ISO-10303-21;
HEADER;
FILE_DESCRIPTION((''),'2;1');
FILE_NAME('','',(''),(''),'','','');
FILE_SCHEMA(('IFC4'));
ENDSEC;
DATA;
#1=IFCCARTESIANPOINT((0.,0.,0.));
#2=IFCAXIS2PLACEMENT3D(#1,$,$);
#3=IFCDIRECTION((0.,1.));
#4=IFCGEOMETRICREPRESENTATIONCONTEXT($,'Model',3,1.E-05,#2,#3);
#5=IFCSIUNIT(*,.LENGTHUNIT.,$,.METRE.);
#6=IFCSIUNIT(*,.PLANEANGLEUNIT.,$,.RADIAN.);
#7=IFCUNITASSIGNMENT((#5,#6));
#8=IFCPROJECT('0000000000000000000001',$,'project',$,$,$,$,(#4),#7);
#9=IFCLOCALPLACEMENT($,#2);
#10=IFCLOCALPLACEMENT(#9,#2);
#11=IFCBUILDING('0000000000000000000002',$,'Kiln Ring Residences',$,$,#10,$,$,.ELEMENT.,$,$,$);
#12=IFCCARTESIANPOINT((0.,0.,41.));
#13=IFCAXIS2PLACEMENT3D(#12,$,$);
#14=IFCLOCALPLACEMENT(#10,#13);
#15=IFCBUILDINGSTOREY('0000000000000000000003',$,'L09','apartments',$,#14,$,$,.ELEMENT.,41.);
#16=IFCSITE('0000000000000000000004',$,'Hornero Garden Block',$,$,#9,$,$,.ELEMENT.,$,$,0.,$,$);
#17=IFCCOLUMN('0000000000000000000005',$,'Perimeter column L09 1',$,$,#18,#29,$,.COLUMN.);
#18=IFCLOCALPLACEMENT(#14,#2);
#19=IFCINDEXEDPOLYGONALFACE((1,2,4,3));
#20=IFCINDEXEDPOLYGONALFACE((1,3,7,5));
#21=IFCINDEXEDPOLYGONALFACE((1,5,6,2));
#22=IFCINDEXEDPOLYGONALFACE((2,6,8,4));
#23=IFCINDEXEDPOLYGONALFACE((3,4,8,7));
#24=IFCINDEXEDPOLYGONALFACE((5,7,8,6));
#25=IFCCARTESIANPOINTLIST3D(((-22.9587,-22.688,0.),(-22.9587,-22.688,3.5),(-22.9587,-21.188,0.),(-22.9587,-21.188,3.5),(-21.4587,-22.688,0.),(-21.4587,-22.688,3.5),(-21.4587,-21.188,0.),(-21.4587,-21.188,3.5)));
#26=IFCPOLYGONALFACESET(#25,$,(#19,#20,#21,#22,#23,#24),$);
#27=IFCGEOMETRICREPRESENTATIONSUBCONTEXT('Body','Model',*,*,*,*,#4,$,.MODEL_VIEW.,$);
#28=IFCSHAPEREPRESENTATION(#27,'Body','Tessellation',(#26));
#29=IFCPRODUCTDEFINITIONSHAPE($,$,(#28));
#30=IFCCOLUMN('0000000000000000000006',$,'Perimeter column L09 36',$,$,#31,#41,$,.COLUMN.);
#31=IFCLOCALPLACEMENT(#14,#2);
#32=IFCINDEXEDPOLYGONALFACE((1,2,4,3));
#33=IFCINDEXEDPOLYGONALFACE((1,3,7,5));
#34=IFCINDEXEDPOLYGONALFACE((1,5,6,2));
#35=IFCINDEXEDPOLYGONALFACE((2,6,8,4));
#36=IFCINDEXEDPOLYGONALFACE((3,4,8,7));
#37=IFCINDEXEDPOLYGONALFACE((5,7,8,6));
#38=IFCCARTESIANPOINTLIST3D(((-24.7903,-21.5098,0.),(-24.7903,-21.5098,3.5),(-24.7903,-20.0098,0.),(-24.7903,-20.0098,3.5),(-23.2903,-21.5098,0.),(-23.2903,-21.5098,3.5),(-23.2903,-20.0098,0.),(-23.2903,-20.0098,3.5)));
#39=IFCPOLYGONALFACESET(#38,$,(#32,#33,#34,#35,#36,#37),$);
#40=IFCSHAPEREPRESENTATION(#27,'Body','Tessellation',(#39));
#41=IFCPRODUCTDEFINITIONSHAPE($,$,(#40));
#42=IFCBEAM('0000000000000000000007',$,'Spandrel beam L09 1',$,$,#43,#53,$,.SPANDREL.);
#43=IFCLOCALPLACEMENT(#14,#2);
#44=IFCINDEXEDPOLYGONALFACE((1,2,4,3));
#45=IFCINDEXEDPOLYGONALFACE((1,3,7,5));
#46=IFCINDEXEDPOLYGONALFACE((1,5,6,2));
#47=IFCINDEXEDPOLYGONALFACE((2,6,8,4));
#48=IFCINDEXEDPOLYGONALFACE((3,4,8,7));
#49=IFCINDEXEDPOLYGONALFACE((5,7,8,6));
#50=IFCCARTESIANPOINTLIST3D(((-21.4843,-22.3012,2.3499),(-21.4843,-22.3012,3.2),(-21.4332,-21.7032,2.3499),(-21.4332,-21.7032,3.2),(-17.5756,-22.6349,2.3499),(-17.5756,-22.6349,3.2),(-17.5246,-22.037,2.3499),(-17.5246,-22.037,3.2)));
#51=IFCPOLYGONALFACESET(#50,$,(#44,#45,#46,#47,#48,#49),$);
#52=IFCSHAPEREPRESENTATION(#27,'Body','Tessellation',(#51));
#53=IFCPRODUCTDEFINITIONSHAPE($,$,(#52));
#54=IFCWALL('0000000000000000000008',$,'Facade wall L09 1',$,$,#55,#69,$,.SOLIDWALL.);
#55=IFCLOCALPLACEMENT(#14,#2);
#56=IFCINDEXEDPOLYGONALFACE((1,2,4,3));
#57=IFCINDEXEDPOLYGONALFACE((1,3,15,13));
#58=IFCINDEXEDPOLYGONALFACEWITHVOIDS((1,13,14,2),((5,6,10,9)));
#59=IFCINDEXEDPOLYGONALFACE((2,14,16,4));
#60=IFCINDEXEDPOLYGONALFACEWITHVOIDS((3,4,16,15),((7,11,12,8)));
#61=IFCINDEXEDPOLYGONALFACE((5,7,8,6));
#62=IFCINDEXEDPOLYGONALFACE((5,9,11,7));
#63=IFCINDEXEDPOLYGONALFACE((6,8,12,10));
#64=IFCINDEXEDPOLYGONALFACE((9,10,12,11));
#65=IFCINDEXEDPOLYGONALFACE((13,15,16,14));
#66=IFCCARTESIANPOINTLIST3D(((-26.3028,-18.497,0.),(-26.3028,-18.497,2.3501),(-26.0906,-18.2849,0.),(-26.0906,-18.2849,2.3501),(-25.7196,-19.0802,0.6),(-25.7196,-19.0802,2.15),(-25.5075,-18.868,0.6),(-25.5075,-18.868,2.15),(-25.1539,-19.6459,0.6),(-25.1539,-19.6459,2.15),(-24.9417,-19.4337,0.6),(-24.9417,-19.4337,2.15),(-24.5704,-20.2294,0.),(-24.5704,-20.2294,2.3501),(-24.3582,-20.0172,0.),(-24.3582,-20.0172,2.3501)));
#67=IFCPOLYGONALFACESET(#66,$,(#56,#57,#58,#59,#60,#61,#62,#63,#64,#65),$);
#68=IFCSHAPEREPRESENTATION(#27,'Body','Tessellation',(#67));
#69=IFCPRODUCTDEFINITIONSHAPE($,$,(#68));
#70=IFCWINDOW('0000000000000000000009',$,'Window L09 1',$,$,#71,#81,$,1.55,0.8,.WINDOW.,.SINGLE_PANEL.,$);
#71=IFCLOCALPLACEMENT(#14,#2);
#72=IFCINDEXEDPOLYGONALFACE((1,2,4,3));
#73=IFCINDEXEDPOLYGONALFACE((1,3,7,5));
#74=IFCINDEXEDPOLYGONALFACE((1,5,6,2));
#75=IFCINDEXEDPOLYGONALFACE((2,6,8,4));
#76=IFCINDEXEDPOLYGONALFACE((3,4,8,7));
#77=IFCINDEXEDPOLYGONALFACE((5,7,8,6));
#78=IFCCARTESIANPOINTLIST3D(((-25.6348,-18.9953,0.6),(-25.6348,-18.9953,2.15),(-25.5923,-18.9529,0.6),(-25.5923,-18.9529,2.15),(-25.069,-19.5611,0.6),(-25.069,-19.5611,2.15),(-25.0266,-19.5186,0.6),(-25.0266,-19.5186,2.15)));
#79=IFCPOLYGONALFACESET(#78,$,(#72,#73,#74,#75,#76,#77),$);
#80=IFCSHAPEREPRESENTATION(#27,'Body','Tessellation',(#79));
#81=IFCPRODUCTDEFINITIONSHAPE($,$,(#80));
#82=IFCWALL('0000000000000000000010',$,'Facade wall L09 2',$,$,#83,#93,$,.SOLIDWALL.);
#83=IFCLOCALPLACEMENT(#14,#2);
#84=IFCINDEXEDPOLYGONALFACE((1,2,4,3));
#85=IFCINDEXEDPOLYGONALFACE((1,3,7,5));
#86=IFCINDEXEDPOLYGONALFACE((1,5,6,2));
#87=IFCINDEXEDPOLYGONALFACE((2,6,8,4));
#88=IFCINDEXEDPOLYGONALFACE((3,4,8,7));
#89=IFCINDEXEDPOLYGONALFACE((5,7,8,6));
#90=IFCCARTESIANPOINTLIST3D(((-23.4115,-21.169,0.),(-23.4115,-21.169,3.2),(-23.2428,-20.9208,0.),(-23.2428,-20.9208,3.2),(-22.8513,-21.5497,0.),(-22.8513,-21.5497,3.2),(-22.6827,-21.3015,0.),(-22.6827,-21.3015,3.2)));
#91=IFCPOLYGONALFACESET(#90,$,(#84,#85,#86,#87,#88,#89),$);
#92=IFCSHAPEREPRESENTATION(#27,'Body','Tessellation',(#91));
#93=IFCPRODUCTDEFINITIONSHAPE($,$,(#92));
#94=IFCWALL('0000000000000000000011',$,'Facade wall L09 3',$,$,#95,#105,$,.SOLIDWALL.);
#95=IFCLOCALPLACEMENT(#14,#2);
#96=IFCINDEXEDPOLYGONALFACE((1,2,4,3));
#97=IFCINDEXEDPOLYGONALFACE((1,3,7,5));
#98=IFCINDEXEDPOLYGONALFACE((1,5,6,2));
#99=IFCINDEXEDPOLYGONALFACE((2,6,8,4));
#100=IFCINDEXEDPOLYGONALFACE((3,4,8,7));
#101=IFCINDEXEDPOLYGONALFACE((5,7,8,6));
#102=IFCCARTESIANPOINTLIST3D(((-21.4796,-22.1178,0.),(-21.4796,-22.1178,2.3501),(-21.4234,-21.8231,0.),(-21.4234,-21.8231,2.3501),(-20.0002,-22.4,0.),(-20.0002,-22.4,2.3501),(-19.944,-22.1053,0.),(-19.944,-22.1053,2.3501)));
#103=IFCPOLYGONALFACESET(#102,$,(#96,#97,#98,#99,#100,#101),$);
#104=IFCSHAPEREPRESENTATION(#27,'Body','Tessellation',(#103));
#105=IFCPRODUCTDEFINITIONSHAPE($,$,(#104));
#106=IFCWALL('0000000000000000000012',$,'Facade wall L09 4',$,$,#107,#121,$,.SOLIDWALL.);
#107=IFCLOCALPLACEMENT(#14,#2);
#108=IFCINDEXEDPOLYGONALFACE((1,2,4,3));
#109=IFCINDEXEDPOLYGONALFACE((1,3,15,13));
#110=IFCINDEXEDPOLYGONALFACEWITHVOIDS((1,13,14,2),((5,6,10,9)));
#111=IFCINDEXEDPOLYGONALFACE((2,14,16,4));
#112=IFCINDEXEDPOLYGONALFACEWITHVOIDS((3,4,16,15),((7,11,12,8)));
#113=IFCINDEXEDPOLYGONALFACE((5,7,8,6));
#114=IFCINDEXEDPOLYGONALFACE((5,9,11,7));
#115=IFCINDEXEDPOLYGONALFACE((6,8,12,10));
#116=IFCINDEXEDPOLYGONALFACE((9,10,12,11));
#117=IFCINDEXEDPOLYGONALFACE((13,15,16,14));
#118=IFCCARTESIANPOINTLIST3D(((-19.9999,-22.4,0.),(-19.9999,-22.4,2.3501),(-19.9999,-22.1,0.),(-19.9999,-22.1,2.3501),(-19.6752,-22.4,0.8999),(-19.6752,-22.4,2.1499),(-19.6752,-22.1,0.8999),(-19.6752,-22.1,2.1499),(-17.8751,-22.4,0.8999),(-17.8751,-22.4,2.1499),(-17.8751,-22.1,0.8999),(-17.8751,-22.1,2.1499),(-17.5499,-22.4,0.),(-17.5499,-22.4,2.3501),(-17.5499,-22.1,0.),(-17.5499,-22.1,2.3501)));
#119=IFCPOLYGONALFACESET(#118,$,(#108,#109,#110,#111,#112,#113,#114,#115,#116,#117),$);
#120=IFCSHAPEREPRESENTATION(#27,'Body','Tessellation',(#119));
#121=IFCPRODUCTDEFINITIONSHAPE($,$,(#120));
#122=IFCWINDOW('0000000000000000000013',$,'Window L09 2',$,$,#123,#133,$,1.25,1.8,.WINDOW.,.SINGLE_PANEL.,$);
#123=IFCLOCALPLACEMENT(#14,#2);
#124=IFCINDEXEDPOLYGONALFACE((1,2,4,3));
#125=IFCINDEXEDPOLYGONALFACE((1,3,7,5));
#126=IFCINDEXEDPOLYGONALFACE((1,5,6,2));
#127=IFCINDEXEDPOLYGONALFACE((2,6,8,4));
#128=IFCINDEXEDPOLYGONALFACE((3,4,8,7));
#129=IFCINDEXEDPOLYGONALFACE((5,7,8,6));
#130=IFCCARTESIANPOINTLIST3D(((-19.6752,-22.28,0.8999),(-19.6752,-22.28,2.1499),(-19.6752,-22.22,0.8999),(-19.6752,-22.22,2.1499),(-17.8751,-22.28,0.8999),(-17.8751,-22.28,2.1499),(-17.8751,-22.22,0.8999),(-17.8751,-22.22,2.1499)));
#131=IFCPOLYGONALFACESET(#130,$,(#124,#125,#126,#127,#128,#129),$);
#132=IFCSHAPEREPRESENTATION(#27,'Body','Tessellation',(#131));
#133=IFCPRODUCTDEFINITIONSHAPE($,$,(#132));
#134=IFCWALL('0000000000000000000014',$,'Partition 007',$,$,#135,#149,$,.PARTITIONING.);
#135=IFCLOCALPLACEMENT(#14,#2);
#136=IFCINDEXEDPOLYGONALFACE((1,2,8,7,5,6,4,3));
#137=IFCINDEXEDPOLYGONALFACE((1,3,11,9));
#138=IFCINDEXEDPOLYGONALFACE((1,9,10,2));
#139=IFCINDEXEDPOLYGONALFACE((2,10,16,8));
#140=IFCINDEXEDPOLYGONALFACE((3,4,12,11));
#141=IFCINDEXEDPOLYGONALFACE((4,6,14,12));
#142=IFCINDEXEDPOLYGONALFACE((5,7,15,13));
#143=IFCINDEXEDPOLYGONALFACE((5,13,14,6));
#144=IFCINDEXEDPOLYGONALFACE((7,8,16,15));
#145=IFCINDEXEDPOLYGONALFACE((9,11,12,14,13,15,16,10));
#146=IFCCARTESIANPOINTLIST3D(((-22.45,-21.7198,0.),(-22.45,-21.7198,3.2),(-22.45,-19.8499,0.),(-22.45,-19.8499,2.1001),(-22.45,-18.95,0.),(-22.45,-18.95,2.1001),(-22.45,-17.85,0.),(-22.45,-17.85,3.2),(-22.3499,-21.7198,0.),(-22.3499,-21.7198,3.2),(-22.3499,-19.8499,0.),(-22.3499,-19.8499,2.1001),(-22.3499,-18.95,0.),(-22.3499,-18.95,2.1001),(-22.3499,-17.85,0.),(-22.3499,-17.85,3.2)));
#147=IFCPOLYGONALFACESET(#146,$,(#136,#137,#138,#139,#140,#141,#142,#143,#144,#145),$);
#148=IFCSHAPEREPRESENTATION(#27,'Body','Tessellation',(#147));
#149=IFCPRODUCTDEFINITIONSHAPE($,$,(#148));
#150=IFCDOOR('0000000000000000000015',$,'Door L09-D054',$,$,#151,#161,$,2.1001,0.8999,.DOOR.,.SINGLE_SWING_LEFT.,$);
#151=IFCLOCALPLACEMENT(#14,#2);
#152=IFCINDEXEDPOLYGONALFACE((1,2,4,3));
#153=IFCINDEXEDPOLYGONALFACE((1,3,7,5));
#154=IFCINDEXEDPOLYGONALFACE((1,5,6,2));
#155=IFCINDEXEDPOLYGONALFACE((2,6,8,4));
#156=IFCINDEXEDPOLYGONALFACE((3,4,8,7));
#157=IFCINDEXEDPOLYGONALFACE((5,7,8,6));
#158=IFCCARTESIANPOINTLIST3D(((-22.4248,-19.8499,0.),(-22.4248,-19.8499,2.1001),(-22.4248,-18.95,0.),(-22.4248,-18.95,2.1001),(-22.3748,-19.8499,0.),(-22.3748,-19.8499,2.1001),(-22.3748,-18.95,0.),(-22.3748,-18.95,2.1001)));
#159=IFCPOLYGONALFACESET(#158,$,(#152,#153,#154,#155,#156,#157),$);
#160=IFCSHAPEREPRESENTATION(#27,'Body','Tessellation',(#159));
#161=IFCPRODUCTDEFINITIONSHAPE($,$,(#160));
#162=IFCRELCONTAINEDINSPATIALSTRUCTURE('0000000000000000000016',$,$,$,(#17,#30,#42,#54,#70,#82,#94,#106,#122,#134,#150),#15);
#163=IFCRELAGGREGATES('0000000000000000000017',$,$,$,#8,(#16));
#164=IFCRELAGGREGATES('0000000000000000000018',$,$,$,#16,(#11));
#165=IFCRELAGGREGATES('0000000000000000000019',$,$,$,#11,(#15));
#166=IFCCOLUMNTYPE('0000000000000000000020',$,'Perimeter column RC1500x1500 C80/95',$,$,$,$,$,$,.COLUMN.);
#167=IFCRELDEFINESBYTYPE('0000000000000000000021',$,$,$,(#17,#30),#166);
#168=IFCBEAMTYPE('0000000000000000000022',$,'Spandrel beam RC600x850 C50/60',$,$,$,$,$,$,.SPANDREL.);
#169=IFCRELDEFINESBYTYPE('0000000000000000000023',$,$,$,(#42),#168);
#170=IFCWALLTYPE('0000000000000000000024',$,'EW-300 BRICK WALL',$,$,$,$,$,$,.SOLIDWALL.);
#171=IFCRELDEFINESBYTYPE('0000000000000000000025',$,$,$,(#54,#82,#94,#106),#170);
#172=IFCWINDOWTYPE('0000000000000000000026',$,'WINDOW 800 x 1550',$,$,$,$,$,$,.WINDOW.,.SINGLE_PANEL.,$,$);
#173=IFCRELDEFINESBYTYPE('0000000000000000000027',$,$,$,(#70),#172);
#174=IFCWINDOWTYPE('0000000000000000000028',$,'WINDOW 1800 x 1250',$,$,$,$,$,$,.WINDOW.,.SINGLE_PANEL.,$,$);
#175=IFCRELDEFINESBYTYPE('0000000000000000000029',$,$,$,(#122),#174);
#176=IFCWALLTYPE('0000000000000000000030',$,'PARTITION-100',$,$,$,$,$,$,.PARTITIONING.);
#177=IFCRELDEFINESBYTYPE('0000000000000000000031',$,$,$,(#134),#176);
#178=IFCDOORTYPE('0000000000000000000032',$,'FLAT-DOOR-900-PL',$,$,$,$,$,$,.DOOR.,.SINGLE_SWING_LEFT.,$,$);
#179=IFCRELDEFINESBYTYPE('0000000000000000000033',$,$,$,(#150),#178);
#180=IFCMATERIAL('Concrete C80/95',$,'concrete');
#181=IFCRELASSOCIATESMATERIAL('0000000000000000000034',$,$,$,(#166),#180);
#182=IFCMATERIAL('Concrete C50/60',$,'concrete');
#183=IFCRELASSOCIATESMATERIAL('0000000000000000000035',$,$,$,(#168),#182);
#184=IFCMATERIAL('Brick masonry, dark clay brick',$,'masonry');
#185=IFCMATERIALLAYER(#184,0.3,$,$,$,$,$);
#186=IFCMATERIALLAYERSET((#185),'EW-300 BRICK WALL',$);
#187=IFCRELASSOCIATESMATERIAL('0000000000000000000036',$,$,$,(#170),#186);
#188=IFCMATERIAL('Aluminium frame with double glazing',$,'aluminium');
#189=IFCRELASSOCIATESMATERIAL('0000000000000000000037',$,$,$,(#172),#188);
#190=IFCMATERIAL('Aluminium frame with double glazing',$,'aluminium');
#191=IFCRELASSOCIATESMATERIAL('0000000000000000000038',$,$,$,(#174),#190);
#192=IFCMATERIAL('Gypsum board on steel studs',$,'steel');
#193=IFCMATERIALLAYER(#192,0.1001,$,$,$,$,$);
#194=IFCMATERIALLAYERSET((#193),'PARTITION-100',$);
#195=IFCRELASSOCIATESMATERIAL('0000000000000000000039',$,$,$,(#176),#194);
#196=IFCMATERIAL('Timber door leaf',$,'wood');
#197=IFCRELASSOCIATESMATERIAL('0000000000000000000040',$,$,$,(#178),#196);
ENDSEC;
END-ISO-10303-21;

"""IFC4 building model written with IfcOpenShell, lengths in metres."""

from ifc_helpers import new_model, si_unit, direction, frame, frame_2d, origin, origin_2d, place, context, subcontext, project, spatial, rectangle, extrude, material, layer, layer_set, material_profile, profile_set, type_object, element, fill, save


model = new_model("IFC4")

# Units and contexts
model_context = context("Model", 3, precision=1e-05, world=origin(), true_north=direction((0.0, 1.0)))
body_context = subcontext(model_context, "Body", "Model", "MODEL_VIEW")
ifc_project = project(units=[si_unit("LENGTHUNIT", "METRE"), si_unit("PLANEANGLEUNIT", "RADIAN")], contexts=[model_context])

# Site, building, storey
site_placement = place(None, origin())
site = spatial("IfcSite", under=ifc_project, at=site_placement, Name="Hornero Garden Block", CompositionType="ELEMENT", RefElevation=0.0)
building_placement = place(site_placement, origin())
building = spatial("IfcBuilding", under=site, at=building_placement, Name="Kiln Ring Residences", CompositionType="ELEMENT")
storey_placement = place(building_placement, frame((0.0, 0.0, 41.0)))
storey = spatial("IfcBuildingStorey", under=building, at=storey_placement, Name="L09", Description="apartments", CompositionType="ELEMENT", Elevation=41.0)

# Columns
ifc_material_1 = material(Name="Concrete C80/95", Category="concrete")
ifc_material_profile_1 = material_profile(ifc_material_1, rectangle(XDim=1.5, YDim=1.5, at=origin_2d()), Name="RC1500x1500")
ifc_profile_set_1 = profile_set([ifc_material_profile_1], Name="Concrete C80/95")
column_type = type_object("IfcColumnType", Name="Perimeter column RC1500x1500 C80/95", PredefinedType="COLUMN", material=ifc_profile_set_1)
for number, where, z_axis, x_axis, name in (
    (1, (-22.2087, -21.938, 0.0), (0.0, 0.0, 1.0), (1.0, 0.0, 0.0), "Perimeter column L09 1"),
    (2, (-24.0403, -20.7598, 0.0), (0.0, 0.0, 1.0), (1.0, 0.0, 0.0), "Perimeter column L09 36"),
):
    element("IfcColumn", number, at=place(storey_placement, frame(where, z_axis=z_axis, x_axis=x_axis)), inside=storey, type_object=column_type, Name=name, PredefinedType="COLUMN", context=body_context, shape_type="SweptSolid", body=[
        extrude(rectangle(XDim=1.5, YDim=1.5, at=origin_2d()), origin(), (0.0, 0.0, 1.0), 3.5),
    ])

# Beam
ifc_material_2 = material(Name="Concrete C50/60", Category="concrete")
ifc_material_profile_2 = material_profile(ifc_material_2, rectangle(XDim=0.6001, YDim=0.8501, at=origin_2d()), Name="RC600x850")
ifc_profile_set_2 = profile_set([ifc_material_profile_2], Name="Concrete C50/60")
beam_type = type_object("IfcBeamType", Name="Spandrel beam RC600x850 C50/60", PredefinedType="SPANDREL", material=ifc_profile_set_2)
beam_placement = place(storey_placement, frame((-21.4587, -22.0022, 2.7749), z_axis=(0.996375, -0.085075, 0.0), x_axis=(0.085075, 0.996375, 0.0)))
element("IfcBeam", 3, at=beam_placement, inside=storey, type_object=beam_type, Name="Spandrel beam L09 1", PredefinedType="SPANDREL", context=body_context, shape_type="SweptSolid", body=[
    extrude(rectangle(XDim=0.6001, YDim=0.8501, at=origin_2d()), origin(), (0.0, 0.0, 1.0), 3.9229),
])

# Wall, opening, window
ifc_material_3 = material(Name="Brick masonry, dark clay brick", Category="masonry")
ifc_layer_1 = layer(ifc_material_3, 0.3)
ifc_layer_set_1 = layer_set([ifc_layer_1], Name="EW-300 BRICK WALL")
wall_type_1 = type_object("IfcWallType", Name="EW-300 BRICK WALL", PredefinedType="SOLIDWALL", material=ifc_layer_set_1)
wall_1_placement = place(storey_placement, frame((-26.1968, -18.3909, 0.0), z_axis=(0.0, 0.0, 1.0), x_axis=(0.707107, -0.707107, 0.0)))
wall_1 = element("IfcWall", 4, at=wall_1_placement, inside=storey, type_object=wall_type_1, Name="Facade wall L09 1", PredefinedType="SOLIDWALL", context=body_context, shape_type="SweptSolid", body=[
    extrude(rectangle(XDim=2.45, YDim=0.3, at=frame_2d((1.2251, 0.0))), origin(), (0.0, 0.0, 1.0), 2.3501),
])
opening_1_placement = place(wall_1_placement, frame((0.825, 0.0, 0.6001)))
opening_1 = element("IfcOpeningElement", 5, at=opening_1_placement, cuts=wall_1, PredefinedType="OPENING", context=body_context, shape_type="SweptSolid", body=[
    extrude(rectangle(XDim=0.8, YDim=1.55, at=frame_2d((0.3999, 0.7749))), frame((0.0, 0.1599, 0.0), z_axis=(0.0, -1.0, 0.0), x_axis=(1.0, 0.0, 0.0)), (0.0, 0.0, 1.0), 0.3201),
])
ifc_material_4 = material(Name="Aluminium frame with double glazing", Category="aluminium")
window_type_1 = type_object("IfcWindowType", Name="WINDOW 800 x 1550", PartitioningType="SINGLE_PANEL", PredefinedType="WINDOW", material=ifc_material_4)
window_1_placement = place(opening_1_placement, origin())
window_1 = element("IfcWindow", 6, at=window_1_placement, inside=storey, type_object=window_type_1, Name="Window L09 1", OverallHeight=1.55, OverallWidth=0.8, PartitioningType="SINGLE_PANEL", PredefinedType="WINDOW", context=body_context, shape_type="SweptSolid", body=[
    extrude(rectangle(XDim=0.8, YDim=1.55, at=frame_2d((0.3999, 0.7749))), frame((0.0, 0.03, 0.0), z_axis=(0.0, -1.0, 0.0), x_axis=(1.0, 0.0, 0.0)), (0.0, 0.0, 1.0), 0.0601),
])
fill(opening_1, window_1)

# Walls
wall_2_placement = place(storey_placement, frame((-23.3271, -21.0449, 0.0), z_axis=(0.0, 0.0, 1.0), x_axis=(0.827081, -0.562083, 0.0)))
element("IfcWall", 7, at=wall_2_placement, inside=storey, type_object=wall_type_1, Name="Facade wall L09 2", PredefinedType="SOLIDWALL", context=body_context, shape_type="SweptSolid", body=[
    extrude(rectangle(XDim=0.6772, YDim=0.3, at=frame_2d((0.3386, 0.0))), origin(), (0.0, 0.0, 1.0), 3.2),
])
wall_3_placement = place(storey_placement, frame((-21.4514, -21.9705, 0.0), z_axis=(0.0, 0.0, 1.0), x_axis=(0.982287, -0.18738, 0.0)))
element("IfcWall", 8, at=wall_3_placement, inside=storey, type_object=wall_type_1, Name="Facade wall L09 3", PredefinedType="SOLIDWALL", context=body_context, shape_type="SweptSolid", body=[
    extrude(rectangle(XDim=1.5061, YDim=0.3, at=frame_2d((0.7529, 0.0))), origin(), (0.0, 0.0, 1.0), 2.3501),
])

# Wall, opening, window
wall_4_placement = place(storey_placement, frame((-20.0, -22.25, 0.0), z_axis=(0.0, 0.0, 1.0), x_axis=(1.0, 0.0, 0.0)))
wall_4 = element("IfcWall", 9, at=wall_4_placement, inside=storey, type_object=wall_type_1, Name="Facade wall L09 4", PredefinedType="SOLIDWALL", context=body_context, shape_type="SweptSolid", body=[
    extrude(rectangle(XDim=2.45, YDim=0.3, at=frame_2d((1.2251, 0.0))), origin(), (0.0, 0.0, 1.0), 2.3501),
])
opening_2_placement = place(wall_4_placement, frame((0.325, 0.0, 0.8999)))
opening_2 = element("IfcOpeningElement", 10, at=opening_2_placement, cuts=wall_4, PredefinedType="OPENING", context=body_context, shape_type="SweptSolid", body=[
    extrude(rectangle(XDim=1.8, YDim=1.25, at=frame_2d((0.8999, 0.625))), frame((0.0, 0.1599, 0.0), z_axis=(0.0, -1.0, 0.0), x_axis=(1.0, 0.0, 0.0)), (0.0, 0.0, 1.0), 0.3201),
])
ifc_material_5 = material(Name="Aluminium frame with double glazing", Category="aluminium")
window_type_2 = type_object("IfcWindowType", Name="WINDOW 1800 x 1250", PartitioningType="SINGLE_PANEL", PredefinedType="WINDOW", material=ifc_material_5)
window_2_placement = place(opening_2_placement, origin())
window_2 = element("IfcWindow", 11, at=window_2_placement, inside=storey, type_object=window_type_2, Name="Window L09 2", OverallHeight=1.25, OverallWidth=1.8, PartitioningType="SINGLE_PANEL", PredefinedType="WINDOW", context=body_context, shape_type="SweptSolid", body=[
    extrude(rectangle(XDim=1.8, YDim=1.25, at=frame_2d((0.8999, 0.625))), frame((0.0, 0.03, 0.0), z_axis=(0.0, -1.0, 0.0), x_axis=(1.0, 0.0, 0.0)), (0.0, 0.0, 1.0), 0.0601),
])
fill(opening_2, window_2)

# Wall, opening, door
ifc_material_6 = material(Name="Gypsum board on steel studs", Category="steel")
ifc_layer_2 = layer(ifc_material_6, 0.1001)
ifc_layer_set_2 = layer_set([ifc_layer_2], Name="PARTITION-100")
wall_type_2 = type_object("IfcWallType", Name="PARTITION-100", PredefinedType="PARTITIONING", material=ifc_layer_set_2)
wall_5_placement = place(storey_placement, frame((-22.3999, -21.72, 0.0), z_axis=(0.0, 0.0, 1.0), x_axis=(0.0, 1.0, 0.0)))
wall_5 = element("IfcWall", 12, at=wall_5_placement, inside=storey, type_object=wall_type_2, Name="Partition 007", PredefinedType="PARTITIONING", context=body_context, shape_type="SweptSolid", body=[
    extrude(rectangle(XDim=3.8699, YDim=0.1001, at=frame_2d((1.9351, 0.0))), origin(), (0.0, 0.0, 1.0), 3.2),
])
opening_3_placement = place(wall_5_placement, frame((1.8701, 0.0, 0.0)))
opening_3 = element("IfcOpeningElement", 13, at=opening_3_placement, cuts=wall_5, PredefinedType="OPENING", context=body_context, shape_type="SweptSolid", body=[
    extrude(rectangle(XDim=0.8999, YDim=2.1001, at=frame_2d((0.45, 1.05))), frame((0.0, 0.0601, 0.0), z_axis=(0.0, -1.0, 0.0), x_axis=(1.0, 0.0, 0.0)), (0.0, 0.0, 1.0), 0.1201),
])
ifc_material_7 = material(Name="Timber door leaf", Category="wood")
door_type = type_object("IfcDoorType", Name="FLAT-DOOR-900-PL", OperationType="SINGLE_SWING_LEFT", PredefinedType="DOOR", material=ifc_material_7)
door_placement = place(opening_3_placement, origin())
door = element("IfcDoor", 14, at=door_placement, inside=storey, type_object=door_type, Name="Door L09-D054", OperationType="SINGLE_SWING_LEFT", OverallHeight=2.1001, OverallWidth=0.8999, PredefinedType="DOOR", context=body_context, shape_type="SweptSolid", body=[
    extrude(rectangle(XDim=0.8999, YDim=2.1001, at=frame_2d((0.45, 1.05))), frame((0.0, 0.0249, 0.0), z_axis=(0.0, -1.0, 0.0), x_axis=(1.0, 0.0, 0.0)), (0.0, 0.0, 1.0), 0.05),
])
fill(opening_3, door)

save(model, "model.ifc")
